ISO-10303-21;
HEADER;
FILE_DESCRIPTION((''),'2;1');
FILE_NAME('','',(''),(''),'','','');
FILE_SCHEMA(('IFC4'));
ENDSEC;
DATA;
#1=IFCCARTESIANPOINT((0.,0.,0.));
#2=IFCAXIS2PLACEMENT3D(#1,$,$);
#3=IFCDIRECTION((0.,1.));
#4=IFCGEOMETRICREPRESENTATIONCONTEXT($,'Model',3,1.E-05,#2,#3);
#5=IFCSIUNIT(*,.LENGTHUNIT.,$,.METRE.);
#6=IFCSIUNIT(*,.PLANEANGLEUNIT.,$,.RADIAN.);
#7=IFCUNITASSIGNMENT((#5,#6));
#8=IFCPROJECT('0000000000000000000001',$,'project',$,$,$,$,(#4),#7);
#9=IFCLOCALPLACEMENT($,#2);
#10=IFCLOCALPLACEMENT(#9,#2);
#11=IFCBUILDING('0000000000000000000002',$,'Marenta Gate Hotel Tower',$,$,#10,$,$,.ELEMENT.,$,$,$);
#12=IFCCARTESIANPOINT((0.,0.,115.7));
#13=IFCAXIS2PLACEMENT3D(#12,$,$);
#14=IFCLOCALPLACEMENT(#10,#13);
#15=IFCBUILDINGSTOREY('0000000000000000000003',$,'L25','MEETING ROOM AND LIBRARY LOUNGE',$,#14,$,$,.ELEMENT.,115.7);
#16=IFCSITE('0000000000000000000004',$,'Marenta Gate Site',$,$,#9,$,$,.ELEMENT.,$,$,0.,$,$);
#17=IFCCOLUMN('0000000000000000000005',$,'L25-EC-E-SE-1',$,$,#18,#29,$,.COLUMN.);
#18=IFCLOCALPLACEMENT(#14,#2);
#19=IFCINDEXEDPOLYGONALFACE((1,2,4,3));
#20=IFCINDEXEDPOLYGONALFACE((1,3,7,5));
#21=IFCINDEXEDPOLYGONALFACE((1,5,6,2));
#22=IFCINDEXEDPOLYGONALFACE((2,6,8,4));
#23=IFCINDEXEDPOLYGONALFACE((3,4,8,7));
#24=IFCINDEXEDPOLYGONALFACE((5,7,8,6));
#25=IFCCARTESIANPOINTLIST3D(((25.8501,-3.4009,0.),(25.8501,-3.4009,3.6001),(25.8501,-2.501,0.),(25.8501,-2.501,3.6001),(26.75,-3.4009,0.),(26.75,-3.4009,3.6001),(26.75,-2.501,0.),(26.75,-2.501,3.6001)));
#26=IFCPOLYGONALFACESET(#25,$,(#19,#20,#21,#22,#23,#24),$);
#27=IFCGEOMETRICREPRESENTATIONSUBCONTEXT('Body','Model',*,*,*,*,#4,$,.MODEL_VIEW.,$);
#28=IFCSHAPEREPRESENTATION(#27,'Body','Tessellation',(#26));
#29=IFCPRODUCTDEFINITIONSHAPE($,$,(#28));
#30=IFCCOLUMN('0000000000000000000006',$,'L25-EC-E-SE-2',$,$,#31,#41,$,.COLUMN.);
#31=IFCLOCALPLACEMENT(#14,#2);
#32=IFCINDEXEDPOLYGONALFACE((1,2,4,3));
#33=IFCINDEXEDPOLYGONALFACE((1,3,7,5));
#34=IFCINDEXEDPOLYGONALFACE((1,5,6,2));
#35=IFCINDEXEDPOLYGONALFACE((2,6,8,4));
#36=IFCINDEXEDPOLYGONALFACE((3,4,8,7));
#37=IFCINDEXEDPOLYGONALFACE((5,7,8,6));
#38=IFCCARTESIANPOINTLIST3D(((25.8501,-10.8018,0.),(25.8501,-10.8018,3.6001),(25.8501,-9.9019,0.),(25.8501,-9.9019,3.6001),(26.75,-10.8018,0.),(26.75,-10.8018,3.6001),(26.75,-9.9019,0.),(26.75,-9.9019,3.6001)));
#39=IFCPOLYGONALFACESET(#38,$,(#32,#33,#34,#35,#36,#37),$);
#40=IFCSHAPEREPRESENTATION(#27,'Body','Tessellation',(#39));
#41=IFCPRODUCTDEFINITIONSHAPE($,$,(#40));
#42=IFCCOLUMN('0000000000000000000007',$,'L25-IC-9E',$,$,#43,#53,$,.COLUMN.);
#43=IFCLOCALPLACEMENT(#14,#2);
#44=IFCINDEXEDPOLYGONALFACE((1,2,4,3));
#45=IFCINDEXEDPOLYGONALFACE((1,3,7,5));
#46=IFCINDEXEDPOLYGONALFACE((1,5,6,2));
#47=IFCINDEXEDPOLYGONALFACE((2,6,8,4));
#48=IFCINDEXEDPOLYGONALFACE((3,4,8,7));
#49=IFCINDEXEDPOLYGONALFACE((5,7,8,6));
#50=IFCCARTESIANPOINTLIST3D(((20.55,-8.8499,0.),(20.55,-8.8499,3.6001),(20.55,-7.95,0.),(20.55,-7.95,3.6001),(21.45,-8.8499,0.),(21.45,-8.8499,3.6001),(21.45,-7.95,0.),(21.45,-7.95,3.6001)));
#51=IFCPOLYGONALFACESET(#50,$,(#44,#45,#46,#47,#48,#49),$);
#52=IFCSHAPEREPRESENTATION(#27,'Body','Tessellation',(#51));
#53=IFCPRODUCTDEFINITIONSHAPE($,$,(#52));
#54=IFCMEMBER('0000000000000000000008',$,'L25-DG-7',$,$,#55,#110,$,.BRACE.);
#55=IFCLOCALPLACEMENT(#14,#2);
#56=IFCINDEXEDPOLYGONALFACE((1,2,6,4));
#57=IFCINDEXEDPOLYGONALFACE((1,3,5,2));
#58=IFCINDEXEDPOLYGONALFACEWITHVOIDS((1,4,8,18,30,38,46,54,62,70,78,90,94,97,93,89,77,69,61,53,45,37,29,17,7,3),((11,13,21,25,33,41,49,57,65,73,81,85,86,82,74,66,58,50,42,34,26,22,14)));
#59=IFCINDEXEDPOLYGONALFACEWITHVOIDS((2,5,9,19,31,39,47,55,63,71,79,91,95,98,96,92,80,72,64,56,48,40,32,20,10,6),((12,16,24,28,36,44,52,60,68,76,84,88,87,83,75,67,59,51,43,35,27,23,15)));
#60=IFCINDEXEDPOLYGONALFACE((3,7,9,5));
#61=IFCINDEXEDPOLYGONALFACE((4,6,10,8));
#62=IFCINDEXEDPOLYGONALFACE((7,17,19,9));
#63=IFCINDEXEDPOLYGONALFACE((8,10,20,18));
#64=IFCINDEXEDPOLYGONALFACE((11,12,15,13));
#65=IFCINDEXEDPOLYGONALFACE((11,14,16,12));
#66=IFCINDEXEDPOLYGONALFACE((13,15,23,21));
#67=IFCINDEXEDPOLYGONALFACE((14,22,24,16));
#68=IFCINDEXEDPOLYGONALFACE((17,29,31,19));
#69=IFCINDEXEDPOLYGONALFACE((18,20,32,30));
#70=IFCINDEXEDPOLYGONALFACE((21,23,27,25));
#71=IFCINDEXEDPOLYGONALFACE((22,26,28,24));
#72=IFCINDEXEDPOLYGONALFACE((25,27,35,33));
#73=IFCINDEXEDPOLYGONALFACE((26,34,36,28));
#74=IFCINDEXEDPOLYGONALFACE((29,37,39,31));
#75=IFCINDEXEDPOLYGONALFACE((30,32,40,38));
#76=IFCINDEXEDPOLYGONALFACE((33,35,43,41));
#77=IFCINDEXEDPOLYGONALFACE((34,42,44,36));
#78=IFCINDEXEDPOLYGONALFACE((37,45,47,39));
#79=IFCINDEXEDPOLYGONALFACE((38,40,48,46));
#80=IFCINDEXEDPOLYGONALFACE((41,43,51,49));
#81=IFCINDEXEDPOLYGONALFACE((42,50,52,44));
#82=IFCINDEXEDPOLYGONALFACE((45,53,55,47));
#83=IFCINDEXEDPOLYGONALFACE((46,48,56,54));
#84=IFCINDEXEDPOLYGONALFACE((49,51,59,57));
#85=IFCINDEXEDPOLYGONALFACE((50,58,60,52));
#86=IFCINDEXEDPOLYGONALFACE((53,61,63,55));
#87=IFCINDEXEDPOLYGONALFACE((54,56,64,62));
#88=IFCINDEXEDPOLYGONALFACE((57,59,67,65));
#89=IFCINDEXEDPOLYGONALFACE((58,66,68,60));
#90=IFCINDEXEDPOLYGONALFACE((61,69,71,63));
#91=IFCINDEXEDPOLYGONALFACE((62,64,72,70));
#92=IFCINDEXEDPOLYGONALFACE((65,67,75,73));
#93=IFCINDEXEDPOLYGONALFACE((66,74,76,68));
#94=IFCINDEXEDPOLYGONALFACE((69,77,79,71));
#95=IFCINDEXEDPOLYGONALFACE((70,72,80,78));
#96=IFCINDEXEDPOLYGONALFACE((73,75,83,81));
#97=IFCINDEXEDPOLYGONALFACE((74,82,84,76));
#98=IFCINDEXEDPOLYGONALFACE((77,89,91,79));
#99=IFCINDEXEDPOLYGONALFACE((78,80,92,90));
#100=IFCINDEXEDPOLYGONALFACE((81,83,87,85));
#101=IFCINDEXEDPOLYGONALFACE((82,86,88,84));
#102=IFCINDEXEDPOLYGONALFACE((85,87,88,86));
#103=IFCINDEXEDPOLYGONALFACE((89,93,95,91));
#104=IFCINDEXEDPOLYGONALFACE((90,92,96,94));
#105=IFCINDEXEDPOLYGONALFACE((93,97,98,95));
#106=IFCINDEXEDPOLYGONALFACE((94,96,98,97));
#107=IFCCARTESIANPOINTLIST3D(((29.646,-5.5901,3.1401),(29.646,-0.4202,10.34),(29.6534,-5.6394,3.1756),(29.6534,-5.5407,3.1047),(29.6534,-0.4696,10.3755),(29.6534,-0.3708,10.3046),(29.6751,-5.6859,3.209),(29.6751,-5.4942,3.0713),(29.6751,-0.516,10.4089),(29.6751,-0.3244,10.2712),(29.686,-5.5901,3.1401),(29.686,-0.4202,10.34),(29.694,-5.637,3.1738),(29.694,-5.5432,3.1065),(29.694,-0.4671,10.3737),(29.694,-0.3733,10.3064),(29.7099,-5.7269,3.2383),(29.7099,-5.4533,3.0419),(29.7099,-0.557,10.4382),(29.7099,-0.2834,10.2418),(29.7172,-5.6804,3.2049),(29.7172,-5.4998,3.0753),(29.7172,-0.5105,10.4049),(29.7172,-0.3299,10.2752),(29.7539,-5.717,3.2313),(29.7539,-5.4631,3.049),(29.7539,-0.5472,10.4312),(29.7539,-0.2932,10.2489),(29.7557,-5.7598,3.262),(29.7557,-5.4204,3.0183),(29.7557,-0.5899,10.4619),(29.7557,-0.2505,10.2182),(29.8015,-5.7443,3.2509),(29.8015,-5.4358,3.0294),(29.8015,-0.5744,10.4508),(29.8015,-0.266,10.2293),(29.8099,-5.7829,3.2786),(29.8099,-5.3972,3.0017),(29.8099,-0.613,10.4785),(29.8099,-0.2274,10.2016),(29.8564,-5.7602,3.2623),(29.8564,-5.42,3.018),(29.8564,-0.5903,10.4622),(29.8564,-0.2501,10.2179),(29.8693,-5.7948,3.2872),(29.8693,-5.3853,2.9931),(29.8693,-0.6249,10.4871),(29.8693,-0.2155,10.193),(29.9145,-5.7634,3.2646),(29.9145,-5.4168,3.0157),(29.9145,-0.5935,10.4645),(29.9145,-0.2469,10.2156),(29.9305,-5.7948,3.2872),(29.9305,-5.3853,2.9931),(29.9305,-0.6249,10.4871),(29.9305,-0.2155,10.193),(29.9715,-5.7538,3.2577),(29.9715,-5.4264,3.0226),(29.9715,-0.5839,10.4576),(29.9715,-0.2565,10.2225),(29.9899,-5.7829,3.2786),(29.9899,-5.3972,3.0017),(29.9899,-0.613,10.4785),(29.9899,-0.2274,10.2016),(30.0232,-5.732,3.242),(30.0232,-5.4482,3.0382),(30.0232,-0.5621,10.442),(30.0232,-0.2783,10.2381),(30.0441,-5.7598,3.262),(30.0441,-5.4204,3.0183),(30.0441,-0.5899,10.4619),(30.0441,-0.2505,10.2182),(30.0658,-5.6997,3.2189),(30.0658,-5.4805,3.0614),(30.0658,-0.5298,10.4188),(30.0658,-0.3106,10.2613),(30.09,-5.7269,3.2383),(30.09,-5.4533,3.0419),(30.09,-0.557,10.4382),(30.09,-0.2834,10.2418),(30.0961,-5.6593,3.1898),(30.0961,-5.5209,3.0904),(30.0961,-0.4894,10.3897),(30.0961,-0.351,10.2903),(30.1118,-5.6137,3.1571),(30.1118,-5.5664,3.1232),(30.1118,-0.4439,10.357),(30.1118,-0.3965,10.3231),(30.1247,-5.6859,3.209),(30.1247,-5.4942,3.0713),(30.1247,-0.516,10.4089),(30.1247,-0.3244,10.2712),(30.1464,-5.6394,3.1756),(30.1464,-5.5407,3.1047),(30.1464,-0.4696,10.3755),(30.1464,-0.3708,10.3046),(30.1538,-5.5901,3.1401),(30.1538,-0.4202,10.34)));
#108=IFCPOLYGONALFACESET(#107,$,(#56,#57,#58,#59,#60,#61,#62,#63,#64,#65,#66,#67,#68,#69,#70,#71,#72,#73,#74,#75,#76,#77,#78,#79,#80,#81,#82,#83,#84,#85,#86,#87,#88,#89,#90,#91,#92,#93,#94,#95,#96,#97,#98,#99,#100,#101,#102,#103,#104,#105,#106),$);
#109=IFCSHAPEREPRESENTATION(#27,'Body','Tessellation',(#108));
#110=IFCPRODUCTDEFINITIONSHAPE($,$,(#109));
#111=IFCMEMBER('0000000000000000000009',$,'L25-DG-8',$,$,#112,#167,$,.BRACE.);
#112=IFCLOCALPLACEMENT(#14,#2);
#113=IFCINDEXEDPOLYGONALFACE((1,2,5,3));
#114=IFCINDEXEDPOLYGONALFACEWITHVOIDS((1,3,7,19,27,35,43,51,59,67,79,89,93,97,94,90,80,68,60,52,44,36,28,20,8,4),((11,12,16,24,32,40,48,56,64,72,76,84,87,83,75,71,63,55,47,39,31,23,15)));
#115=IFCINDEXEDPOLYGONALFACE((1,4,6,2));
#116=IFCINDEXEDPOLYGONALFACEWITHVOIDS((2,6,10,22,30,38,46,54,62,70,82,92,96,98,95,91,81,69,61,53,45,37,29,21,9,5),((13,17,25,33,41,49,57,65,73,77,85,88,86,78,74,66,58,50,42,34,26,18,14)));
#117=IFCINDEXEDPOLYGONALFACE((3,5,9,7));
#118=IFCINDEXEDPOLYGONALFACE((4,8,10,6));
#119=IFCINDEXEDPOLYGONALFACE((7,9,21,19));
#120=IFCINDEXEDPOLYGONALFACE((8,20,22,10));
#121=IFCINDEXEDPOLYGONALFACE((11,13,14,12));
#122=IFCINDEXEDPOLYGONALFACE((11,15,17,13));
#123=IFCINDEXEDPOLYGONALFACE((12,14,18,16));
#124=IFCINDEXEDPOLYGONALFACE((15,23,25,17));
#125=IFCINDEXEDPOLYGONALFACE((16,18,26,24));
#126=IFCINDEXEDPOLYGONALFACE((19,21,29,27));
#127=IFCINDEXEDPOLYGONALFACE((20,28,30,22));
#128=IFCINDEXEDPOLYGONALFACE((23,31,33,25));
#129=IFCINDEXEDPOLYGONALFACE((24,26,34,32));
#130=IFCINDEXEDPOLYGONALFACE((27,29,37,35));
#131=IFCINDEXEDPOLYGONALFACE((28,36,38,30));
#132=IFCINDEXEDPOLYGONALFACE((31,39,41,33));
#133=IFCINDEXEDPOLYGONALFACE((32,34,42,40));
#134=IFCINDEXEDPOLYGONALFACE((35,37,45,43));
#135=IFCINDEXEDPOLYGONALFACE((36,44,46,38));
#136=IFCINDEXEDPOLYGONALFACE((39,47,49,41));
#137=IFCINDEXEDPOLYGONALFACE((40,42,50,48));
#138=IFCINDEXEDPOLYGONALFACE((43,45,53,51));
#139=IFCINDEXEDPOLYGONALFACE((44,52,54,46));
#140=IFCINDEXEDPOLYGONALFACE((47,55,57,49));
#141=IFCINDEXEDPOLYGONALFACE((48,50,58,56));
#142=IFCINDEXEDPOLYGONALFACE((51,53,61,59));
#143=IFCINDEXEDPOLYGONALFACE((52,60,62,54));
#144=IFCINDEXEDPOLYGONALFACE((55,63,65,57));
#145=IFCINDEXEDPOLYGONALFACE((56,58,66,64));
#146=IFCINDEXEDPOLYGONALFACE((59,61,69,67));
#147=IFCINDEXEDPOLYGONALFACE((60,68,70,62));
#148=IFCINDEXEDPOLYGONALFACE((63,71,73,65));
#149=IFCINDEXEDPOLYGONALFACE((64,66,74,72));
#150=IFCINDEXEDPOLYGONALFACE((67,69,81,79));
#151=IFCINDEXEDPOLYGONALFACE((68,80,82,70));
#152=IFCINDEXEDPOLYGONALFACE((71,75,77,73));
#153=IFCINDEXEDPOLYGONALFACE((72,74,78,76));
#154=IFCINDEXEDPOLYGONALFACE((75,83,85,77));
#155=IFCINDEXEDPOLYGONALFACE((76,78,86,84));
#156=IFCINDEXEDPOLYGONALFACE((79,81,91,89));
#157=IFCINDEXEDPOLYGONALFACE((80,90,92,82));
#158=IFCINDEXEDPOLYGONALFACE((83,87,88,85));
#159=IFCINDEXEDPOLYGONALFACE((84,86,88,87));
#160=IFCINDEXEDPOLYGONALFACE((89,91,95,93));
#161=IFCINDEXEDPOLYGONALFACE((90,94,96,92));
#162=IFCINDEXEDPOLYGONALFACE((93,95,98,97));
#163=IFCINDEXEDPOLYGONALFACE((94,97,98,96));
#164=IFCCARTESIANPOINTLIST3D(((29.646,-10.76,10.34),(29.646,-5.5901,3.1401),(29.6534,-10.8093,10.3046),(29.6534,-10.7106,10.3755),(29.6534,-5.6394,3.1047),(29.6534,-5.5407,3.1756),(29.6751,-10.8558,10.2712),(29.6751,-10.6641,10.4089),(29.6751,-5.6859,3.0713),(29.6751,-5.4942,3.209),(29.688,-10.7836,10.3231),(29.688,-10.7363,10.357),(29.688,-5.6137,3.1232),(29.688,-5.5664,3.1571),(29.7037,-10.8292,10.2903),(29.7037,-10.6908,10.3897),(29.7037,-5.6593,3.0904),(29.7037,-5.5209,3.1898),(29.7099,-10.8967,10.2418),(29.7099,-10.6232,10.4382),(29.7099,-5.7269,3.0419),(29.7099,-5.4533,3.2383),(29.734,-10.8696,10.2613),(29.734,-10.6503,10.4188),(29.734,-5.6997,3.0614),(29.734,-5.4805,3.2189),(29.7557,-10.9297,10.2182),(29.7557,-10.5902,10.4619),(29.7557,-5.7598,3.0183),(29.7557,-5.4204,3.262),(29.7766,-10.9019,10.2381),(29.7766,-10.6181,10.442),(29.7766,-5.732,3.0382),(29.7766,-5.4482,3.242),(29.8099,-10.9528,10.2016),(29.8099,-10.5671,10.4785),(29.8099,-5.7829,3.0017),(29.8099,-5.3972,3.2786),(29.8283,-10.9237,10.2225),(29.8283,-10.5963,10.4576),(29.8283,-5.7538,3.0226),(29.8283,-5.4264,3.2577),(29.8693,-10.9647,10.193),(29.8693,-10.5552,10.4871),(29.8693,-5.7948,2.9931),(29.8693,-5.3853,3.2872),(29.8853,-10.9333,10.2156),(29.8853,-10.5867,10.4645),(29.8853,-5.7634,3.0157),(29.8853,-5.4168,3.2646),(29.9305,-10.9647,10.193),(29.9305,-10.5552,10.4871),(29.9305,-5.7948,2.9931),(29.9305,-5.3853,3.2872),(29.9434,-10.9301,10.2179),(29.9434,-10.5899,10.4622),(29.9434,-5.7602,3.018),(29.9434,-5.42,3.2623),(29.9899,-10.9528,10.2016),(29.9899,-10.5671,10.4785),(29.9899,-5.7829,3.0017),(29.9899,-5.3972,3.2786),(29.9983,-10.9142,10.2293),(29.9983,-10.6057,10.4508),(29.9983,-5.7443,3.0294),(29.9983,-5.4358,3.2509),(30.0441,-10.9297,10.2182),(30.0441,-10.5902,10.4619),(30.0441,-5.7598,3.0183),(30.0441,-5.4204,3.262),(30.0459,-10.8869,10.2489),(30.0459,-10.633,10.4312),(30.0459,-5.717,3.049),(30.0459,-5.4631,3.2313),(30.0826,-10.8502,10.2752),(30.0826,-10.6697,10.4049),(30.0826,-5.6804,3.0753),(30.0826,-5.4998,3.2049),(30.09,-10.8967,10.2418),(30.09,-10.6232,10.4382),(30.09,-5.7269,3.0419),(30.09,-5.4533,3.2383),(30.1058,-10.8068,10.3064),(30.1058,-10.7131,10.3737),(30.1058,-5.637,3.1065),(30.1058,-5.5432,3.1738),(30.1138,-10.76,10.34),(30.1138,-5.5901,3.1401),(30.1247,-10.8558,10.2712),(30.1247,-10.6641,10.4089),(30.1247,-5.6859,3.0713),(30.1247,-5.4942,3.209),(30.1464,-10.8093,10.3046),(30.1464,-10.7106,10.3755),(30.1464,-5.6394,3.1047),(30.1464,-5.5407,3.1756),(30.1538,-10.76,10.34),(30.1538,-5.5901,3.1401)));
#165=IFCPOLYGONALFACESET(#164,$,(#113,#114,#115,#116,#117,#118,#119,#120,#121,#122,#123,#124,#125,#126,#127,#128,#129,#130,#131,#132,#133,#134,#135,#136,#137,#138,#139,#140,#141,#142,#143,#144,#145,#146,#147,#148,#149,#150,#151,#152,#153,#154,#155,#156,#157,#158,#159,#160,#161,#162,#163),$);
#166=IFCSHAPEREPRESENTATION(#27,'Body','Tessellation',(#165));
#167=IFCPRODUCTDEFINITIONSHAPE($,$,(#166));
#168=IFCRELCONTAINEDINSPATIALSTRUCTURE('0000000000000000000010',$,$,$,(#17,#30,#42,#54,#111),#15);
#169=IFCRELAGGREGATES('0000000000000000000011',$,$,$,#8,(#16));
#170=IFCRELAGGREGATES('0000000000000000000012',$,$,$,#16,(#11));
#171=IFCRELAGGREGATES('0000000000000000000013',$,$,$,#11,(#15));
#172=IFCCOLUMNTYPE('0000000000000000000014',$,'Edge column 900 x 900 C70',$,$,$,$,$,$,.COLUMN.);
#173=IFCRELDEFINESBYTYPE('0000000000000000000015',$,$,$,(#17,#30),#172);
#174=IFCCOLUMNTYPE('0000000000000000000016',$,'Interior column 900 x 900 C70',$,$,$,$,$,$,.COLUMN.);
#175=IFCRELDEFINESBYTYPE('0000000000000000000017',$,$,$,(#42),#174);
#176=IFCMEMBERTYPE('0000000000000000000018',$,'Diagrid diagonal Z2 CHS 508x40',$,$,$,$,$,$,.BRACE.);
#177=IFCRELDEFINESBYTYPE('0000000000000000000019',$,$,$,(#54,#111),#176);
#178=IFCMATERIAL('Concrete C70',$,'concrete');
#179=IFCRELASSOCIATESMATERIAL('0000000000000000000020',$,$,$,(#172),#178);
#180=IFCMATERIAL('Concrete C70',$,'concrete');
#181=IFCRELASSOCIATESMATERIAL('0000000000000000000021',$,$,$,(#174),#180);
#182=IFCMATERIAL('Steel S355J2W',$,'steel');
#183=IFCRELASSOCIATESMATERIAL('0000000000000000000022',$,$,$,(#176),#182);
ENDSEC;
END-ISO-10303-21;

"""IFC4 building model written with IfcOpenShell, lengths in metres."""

from ifc_helpers import new_model, si_unit, direction, frame, origin, origin_2d, place, context, subcontext, project, spatial, rectangle, hollow_circle, extrude, material, material_profile, profile_set, type_object, element, save


model = new_model("IFC4")

# Units and contexts
model_context = context("Model", 3, precision=1e-05, world=origin(), true_north=direction((0.0, 1.0)))
body_context = subcontext(model_context, "Body", "Model", "MODEL_VIEW")
ifc_project = project(units=[si_unit("LENGTHUNIT", "METRE"), si_unit("PLANEANGLEUNIT", "RADIAN")], contexts=[model_context])

# Site, building, storey
site_placement = place(None, origin())
site = spatial("IfcSite", under=ifc_project, at=site_placement, Name="Marenta Gate Site", CompositionType="ELEMENT", RefElevation=0.0)
building_placement = place(site_placement, origin())
building = spatial("IfcBuilding", under=site, at=building_placement, Name="Marenta Gate Hotel Tower", CompositionType="ELEMENT")
storey_placement = place(building_placement, frame((0.0, 0.0, 115.7)))
storey = spatial("IfcBuildingStorey", under=building, at=storey_placement, Name="L25", Description="MEETING ROOM AND LIBRARY LOUNGE", CompositionType="ELEMENT", Elevation=115.7)

# Columns
ifc_material_1 = material(Name="Concrete C70", Category="concrete")
ifc_material_profile_1 = material_profile(ifc_material_1, rectangle(XDim=0.8999, YDim=0.8999, at=origin_2d()), Name="900 x 900")
ifc_profile_set_1 = profile_set([ifc_material_profile_1], Name="Concrete C70")
column_type_1 = type_object("IfcColumnType", Name="Edge column 900 x 900 C70", PredefinedType="COLUMN", material=ifc_profile_set_1)
for number, where, z_axis, x_axis, name in (
    (1, (26.3, -2.9509, 0.0), (0.0, 0.0, 1.0), (1.0, 0.0, 0.0), "L25-EC-E-SE-1"),
    (2, (26.3, -10.3518, 0.0), (0.0, 0.0, 1.0), (1.0, 0.0, 0.0), "L25-EC-E-SE-2"),
):
    element("IfcColumn", number, at=place(storey_placement, frame(where, z_axis=z_axis, x_axis=x_axis)), inside=storey, type_object=column_type_1, Name=name, PredefinedType="COLUMN", context=body_context, shape_type="SweptSolid", body=[
        extrude(rectangle(XDim=0.8999, YDim=0.8999, at=origin_2d()), origin(), (0.0, 0.0, 1.0), 3.6001),
    ])
ifc_material_2 = material(Name="Concrete C70", Category="concrete")
ifc_material_profile_2 = material_profile(ifc_material_2, rectangle(XDim=0.8999, YDim=0.8999, at=origin_2d()), Name="900 x 900")
ifc_profile_set_2 = profile_set([ifc_material_profile_2], Name="Concrete C70")
column_type_2 = type_object("IfcColumnType", Name="Interior column 900 x 900 C70", PredefinedType="COLUMN", material=ifc_profile_set_2)
column_placement = place(storey_placement, frame((21.0, -8.3999, 0.0), z_axis=(0.0, 0.0, 1.0), x_axis=(1.0, 0.0, 0.0)))
element("IfcColumn", 3, at=column_placement, inside=storey, type_object=column_type_2, Name="L25-IC-9E", PredefinedType="COLUMN", context=body_context, shape_type="SweptSolid", body=[
    extrude(rectangle(XDim=0.8999, YDim=0.8999, at=origin_2d()), origin(), (0.0, 0.0, 1.0), 3.6001),
])

# Members
ifc_material_3 = material(Name="Steel S355J2W", Category="steel")
ifc_material_profile_3 = material_profile(ifc_material_3, hollow_circle(Radius=0.2539, WallThickness=0.04, at=origin_2d()), Name="CHS 508x40")
ifc_profile_set_3 = profile_set([ifc_material_profile_3], Name="Steel S355J2W")
member_type_1 = type_object("IfcMemberType", Name="Diagrid diagonal Z2 CHS 508x40", PredefinedType="BRACE", material=ifc_profile_set_3)
for number, where, z_axis, x_axis, name in (
    (4, (29.8999, -5.5901, 3.1401), (0.0, 0.583261, 0.812285), (-1.0, 0.0, 0.0), "L25-DG-7"),
    (5, (29.8999, -5.5901, 3.1401), (0.0, -0.583261, 0.812285), (1.0, 0.0, 0.0), "L25-DG-8"),
):
    element("IfcMember", number, at=place(storey_placement, frame(where, z_axis=z_axis, x_axis=x_axis)), inside=storey, type_object=member_type_1, Name=name, PredefinedType="BRACE", context=body_context, shape_type="SweptSolid", body=[
        extrude(hollow_circle(Radius=0.2539, WallThickness=0.04, at=origin_2d()), origin(), (0.0, 0.0, 1.0), 8.8638),
    ])

save(model, "model.ifc")
